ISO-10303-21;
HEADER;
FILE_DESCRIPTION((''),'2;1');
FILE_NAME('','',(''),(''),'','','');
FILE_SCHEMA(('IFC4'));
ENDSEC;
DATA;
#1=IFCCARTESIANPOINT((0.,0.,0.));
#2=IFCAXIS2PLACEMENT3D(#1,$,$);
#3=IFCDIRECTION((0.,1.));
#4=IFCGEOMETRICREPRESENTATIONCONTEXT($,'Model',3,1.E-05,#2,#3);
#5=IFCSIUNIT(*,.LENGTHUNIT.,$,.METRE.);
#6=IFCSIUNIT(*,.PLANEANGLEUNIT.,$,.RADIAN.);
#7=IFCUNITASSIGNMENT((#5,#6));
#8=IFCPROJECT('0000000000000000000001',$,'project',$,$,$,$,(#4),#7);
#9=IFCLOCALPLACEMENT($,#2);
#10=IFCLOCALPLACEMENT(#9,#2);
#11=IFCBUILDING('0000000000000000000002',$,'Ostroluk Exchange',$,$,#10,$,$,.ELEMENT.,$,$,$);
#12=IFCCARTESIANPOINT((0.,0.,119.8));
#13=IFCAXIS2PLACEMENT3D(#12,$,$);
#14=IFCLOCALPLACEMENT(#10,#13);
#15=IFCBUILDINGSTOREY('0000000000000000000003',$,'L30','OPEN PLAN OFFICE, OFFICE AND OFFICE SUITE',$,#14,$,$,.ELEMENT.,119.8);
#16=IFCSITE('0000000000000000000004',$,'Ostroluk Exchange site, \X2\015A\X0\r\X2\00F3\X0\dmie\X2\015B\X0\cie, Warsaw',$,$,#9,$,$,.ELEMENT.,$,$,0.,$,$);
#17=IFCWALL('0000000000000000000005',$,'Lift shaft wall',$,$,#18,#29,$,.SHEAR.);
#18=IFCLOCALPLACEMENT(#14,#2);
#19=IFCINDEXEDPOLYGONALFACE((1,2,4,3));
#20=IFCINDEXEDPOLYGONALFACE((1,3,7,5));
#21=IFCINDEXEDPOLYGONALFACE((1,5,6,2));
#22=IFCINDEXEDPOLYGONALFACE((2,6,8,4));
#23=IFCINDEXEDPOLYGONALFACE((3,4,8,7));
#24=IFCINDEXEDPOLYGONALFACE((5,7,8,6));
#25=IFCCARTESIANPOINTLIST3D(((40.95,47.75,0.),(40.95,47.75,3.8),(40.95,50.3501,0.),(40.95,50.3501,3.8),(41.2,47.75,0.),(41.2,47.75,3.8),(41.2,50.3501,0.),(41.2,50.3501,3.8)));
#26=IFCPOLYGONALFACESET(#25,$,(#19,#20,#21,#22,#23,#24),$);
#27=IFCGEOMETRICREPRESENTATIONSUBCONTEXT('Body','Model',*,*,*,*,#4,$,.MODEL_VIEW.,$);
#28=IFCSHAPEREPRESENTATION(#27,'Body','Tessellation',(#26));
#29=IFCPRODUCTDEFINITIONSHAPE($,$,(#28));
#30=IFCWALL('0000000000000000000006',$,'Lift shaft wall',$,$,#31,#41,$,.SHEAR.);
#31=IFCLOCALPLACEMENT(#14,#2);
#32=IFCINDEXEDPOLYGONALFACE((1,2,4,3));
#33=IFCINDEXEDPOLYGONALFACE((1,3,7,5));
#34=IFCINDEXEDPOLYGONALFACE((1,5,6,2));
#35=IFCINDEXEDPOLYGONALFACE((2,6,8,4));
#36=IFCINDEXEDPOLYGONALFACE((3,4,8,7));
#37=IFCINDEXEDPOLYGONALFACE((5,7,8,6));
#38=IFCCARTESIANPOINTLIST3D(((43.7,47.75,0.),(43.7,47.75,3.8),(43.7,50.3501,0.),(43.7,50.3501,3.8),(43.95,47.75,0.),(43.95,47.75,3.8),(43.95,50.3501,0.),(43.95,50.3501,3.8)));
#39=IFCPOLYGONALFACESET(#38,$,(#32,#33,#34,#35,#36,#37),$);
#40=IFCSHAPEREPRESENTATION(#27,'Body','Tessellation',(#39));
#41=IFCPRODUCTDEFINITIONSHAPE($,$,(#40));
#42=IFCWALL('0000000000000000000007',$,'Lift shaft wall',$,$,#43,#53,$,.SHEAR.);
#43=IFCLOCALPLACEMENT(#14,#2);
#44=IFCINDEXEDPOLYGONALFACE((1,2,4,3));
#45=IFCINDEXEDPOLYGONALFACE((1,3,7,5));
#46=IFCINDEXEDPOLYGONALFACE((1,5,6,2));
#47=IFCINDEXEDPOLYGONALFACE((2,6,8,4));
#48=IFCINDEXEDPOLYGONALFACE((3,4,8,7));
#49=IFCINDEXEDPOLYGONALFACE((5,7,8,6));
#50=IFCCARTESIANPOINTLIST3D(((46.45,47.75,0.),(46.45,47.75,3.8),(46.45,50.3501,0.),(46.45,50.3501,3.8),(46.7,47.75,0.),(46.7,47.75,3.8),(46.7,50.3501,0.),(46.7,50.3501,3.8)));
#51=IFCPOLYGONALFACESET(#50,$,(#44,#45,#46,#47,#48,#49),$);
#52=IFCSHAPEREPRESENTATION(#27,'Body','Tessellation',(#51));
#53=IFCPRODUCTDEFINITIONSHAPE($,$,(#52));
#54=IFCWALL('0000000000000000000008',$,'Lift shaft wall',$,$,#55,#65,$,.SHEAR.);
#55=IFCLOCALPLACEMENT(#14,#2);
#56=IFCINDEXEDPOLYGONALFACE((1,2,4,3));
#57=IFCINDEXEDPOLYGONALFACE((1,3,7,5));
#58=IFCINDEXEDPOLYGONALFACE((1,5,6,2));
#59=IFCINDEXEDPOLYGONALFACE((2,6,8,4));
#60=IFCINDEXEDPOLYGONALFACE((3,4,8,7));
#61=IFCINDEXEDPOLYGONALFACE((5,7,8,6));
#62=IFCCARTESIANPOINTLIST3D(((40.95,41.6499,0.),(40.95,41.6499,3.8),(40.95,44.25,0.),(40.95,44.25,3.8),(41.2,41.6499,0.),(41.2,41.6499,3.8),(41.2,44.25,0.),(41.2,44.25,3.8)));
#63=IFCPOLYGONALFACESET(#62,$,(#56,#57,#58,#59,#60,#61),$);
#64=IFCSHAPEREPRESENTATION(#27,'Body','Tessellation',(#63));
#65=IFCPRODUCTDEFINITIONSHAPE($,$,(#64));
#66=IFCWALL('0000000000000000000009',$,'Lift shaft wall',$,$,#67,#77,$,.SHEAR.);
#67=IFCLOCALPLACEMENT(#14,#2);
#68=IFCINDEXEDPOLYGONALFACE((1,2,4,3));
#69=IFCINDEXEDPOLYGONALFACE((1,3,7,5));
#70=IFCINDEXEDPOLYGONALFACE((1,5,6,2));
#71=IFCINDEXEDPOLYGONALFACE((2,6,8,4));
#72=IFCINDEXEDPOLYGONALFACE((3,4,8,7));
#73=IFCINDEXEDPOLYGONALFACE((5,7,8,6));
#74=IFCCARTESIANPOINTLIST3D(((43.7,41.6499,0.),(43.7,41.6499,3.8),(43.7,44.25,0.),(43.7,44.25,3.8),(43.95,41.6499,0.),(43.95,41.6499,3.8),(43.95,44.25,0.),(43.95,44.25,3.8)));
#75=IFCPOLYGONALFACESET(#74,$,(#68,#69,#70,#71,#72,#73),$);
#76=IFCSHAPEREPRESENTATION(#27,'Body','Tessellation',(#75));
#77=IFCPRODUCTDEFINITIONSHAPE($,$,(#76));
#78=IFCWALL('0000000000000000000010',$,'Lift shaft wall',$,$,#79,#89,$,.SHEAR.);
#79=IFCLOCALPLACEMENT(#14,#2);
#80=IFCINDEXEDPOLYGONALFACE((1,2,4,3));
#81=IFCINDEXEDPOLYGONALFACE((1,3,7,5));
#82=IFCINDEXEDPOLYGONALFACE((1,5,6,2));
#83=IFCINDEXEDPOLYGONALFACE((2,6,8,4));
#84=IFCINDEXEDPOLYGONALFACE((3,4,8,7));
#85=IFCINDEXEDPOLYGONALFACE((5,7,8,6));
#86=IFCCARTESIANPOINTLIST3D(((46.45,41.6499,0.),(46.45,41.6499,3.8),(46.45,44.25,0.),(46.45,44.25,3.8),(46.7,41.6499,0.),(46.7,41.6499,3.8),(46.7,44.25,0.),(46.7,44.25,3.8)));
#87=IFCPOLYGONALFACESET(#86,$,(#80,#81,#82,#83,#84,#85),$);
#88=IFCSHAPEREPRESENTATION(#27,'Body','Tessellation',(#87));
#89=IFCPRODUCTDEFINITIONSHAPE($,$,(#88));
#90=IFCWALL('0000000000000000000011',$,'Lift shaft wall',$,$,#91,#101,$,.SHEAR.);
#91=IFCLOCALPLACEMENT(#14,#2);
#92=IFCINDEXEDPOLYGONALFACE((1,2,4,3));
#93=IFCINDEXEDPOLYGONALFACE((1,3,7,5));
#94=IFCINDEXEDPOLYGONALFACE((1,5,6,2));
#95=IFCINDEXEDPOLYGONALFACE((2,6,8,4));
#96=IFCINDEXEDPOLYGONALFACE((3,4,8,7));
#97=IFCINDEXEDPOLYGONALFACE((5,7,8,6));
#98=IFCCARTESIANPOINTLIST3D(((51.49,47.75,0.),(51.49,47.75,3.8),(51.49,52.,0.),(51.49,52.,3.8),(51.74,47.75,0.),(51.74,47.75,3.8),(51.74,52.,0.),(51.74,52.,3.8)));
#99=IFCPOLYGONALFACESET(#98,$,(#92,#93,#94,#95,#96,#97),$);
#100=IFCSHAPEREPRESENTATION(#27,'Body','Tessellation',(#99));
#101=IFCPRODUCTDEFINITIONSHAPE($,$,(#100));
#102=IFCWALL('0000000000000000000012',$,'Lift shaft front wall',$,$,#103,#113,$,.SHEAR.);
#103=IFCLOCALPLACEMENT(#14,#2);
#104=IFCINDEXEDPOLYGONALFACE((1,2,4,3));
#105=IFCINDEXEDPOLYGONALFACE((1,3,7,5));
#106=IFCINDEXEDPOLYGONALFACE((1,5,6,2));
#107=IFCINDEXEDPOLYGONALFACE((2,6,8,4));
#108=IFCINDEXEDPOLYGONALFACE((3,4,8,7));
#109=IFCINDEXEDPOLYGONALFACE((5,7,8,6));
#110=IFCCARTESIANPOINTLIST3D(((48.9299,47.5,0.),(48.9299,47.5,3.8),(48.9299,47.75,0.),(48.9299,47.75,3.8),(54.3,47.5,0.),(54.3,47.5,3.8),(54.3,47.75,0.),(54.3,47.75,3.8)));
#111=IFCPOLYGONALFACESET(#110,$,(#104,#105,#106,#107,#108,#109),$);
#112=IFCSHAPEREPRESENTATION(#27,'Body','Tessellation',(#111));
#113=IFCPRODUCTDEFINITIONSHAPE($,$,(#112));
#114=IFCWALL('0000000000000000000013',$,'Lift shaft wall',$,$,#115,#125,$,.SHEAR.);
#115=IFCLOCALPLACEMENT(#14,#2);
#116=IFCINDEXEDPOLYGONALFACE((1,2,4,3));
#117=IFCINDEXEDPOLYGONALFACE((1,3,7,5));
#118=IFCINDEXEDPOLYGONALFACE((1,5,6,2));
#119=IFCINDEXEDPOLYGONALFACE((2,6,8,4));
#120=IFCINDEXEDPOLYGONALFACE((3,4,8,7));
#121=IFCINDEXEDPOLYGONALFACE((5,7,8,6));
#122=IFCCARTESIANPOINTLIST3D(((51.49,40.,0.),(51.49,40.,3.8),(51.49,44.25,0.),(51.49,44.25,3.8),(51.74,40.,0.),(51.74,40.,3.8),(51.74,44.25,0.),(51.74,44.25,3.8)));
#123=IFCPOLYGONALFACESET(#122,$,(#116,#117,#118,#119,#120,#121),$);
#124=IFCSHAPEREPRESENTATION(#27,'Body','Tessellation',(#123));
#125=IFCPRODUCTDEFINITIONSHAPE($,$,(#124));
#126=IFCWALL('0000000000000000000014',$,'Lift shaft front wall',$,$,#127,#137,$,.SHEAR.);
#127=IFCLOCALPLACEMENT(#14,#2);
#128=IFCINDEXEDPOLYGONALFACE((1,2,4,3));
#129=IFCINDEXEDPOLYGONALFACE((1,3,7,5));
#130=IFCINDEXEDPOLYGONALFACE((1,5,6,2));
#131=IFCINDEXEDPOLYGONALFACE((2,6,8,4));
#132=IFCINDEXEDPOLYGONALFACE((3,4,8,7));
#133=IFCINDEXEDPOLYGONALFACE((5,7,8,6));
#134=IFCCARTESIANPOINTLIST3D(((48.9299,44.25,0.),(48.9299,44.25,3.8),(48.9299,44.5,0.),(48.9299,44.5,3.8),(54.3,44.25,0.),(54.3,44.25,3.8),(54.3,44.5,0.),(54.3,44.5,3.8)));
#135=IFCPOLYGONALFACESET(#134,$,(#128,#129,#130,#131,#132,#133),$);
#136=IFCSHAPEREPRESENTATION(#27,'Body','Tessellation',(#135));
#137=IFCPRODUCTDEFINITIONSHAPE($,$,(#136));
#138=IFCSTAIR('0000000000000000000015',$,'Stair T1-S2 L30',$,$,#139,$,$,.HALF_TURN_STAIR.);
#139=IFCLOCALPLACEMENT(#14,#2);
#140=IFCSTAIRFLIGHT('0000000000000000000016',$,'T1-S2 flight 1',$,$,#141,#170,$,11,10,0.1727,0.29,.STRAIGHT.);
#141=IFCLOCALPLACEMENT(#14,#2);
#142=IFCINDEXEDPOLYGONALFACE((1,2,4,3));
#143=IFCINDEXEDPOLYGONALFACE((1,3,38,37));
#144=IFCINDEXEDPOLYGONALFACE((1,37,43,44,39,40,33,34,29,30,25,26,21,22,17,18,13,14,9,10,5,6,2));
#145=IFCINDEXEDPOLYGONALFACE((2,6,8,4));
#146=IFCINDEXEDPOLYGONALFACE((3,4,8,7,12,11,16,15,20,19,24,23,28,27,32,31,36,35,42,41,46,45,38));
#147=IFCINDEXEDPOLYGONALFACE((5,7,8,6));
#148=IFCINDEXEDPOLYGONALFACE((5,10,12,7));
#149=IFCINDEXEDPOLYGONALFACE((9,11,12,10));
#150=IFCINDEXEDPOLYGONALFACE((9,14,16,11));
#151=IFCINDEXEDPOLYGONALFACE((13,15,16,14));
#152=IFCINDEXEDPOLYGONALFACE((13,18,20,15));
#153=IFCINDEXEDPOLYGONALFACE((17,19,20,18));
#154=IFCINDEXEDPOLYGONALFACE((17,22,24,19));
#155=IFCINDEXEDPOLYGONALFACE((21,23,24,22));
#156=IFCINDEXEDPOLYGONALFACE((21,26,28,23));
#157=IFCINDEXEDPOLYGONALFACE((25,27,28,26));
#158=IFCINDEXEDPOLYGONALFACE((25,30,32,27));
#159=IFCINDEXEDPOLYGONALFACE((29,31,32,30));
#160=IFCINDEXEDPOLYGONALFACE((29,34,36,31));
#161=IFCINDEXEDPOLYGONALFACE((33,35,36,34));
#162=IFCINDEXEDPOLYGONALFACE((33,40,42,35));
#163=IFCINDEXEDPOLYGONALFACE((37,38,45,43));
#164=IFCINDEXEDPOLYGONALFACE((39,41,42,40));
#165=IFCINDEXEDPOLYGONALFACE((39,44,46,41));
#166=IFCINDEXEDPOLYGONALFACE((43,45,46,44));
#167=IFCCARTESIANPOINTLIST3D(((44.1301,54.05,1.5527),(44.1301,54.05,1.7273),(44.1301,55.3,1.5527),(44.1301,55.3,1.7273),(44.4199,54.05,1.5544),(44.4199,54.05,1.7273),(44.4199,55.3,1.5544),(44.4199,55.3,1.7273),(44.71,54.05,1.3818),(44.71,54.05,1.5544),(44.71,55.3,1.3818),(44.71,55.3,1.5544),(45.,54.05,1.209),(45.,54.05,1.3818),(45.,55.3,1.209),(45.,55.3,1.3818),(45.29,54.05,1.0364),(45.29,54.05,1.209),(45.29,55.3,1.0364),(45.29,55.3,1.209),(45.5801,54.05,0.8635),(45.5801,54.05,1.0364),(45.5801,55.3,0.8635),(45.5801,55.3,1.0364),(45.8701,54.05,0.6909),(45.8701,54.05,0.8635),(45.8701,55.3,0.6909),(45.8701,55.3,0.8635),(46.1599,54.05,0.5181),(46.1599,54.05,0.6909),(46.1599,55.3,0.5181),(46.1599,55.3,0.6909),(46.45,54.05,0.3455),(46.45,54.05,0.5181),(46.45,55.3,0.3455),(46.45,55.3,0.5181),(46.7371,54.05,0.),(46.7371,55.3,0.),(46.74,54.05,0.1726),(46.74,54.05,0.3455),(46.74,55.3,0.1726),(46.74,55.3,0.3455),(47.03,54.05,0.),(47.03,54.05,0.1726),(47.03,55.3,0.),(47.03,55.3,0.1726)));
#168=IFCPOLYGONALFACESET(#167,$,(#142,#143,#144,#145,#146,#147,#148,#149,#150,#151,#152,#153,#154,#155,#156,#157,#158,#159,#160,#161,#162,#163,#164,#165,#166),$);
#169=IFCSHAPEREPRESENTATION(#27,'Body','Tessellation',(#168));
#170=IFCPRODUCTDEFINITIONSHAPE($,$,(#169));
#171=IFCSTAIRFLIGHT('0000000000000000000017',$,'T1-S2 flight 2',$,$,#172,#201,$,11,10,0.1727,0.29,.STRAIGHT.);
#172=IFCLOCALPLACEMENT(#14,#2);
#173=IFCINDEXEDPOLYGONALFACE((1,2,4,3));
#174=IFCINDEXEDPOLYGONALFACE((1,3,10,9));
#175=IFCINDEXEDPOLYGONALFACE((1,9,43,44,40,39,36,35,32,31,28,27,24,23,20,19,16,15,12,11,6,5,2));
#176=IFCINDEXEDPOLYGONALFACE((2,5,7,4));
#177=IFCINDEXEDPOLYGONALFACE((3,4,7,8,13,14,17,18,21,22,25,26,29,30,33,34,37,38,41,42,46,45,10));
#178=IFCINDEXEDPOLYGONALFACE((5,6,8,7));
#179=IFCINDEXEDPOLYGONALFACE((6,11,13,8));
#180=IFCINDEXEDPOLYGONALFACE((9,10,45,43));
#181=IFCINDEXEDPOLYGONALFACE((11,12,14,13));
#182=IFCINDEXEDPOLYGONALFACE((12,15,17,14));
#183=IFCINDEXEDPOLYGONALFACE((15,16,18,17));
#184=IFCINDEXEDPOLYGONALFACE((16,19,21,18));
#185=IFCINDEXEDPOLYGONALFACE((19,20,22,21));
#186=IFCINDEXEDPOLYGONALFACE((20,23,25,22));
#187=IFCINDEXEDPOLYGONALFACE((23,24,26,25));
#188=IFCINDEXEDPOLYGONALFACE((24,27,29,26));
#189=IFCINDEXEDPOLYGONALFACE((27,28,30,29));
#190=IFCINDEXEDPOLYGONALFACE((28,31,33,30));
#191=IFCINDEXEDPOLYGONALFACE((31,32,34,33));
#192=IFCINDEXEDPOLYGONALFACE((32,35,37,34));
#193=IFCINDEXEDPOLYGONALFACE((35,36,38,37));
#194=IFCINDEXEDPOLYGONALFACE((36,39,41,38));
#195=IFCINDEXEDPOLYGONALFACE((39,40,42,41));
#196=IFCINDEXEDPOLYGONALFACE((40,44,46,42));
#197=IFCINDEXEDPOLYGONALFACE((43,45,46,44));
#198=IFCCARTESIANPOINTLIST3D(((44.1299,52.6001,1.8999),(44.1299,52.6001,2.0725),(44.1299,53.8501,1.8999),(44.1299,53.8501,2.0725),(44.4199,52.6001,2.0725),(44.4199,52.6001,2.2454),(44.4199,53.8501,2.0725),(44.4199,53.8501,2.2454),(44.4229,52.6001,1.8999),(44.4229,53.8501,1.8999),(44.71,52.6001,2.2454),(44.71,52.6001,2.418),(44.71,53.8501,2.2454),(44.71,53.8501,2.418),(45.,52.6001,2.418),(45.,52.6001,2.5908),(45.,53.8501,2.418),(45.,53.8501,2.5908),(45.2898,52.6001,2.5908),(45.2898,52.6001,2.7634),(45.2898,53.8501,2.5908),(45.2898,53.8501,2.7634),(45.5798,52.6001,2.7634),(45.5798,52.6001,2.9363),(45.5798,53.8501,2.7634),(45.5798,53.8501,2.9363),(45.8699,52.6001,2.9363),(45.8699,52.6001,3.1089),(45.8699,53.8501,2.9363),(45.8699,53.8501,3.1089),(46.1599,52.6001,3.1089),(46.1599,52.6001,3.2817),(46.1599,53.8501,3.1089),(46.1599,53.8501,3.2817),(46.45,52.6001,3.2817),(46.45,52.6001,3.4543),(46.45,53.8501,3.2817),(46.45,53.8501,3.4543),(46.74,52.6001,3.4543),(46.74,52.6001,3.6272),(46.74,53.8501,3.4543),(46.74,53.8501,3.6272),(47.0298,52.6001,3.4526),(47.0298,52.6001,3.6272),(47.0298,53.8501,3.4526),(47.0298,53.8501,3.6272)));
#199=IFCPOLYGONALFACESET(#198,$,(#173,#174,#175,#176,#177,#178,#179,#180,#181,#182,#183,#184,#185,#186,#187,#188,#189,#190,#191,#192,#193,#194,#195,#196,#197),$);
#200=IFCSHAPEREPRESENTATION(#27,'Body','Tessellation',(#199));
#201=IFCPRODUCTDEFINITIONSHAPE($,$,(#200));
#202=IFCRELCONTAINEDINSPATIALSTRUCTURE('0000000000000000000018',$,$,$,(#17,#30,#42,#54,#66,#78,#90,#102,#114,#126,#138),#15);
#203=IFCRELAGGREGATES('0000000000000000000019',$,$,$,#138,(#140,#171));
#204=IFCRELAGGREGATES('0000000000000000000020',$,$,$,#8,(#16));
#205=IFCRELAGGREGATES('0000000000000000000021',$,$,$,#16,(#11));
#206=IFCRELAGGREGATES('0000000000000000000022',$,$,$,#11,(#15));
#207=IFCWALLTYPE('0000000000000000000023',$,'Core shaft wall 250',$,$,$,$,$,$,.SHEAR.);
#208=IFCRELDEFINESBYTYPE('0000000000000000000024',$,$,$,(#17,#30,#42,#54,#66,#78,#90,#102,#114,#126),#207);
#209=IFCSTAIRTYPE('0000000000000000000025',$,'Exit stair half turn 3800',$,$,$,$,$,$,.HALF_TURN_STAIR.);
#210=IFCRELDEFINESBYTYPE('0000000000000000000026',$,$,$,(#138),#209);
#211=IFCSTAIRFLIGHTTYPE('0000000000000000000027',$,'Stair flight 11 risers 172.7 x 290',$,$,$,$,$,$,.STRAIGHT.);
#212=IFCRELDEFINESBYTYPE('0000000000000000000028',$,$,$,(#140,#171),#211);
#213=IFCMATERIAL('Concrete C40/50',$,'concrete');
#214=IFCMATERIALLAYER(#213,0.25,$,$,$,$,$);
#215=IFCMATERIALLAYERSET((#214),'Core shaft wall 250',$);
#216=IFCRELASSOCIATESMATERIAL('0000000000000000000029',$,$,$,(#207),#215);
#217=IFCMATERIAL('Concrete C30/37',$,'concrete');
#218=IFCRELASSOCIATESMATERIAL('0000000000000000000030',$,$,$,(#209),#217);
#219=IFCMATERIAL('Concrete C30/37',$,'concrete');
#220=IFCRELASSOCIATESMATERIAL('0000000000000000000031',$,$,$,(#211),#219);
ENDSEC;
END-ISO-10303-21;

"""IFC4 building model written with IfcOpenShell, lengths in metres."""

from ifc_helpers import new_model, si_unit, direction, frame, frame_2d, origin, place, context, subcontext, project, spatial, polyline, rectangle, outline, extrude, material, layer, layer_set, type_object, element, aggregate, save


model = new_model("IFC4")

# Units and contexts
model_context = context("Model", 3, precision=1e-05, world=origin(), true_north=direction((0.0, 1.0)))
body_context = subcontext(model_context, "Body", "Model", "MODEL_VIEW")
ifc_project = project(units=[si_unit("LENGTHUNIT", "METRE"), si_unit("PLANEANGLEUNIT", "RADIAN")], contexts=[model_context])

# Site, building, storey
site_placement = place(None, origin())
site = spatial("IfcSite", under=ifc_project, at=site_placement, Name="Ostroluk Exchange site, Śródmieście, Warsaw", CompositionType="ELEMENT", RefElevation=0.0)
building_placement = place(site_placement, origin())
building = spatial("IfcBuilding", under=site, at=building_placement, Name="Ostroluk Exchange", CompositionType="ELEMENT")
storey_placement = place(building_placement, frame((0.0, 0.0, 119.8)))
storey = spatial("IfcBuildingStorey", under=building, at=storey_placement, Name="L30", Description="OPEN PLAN OFFICE, OFFICE AND OFFICE SUITE", CompositionType="ELEMENT", Elevation=119.8)

# Shared definitions
ifc_material_1 = material(Name="Concrete C40/50", Category="concrete")
ifc_layer_1 = layer(ifc_material_1, 0.25)
ifc_layer_set_1 = layer_set([ifc_layer_1], Name="Core shaft wall 250")
wall_type_1 = type_object("IfcWallType", Name="Core shaft wall 250", PredefinedType="SHEAR", material=ifc_layer_set_1)

# Walls
for number, where, z_axis, x_axis, name in (
    (1, (41.075, 47.75, 0.0), (0.0, 0.0, 1.0), (0.0, 1.0, 0.0), "Lift shaft wall"),
    (2, (43.825, 47.75, 0.0), (0.0, 0.0, 1.0), (0.0, 1.0, 0.0), "Lift shaft wall"),
    (3, (46.575, 47.75, 0.0), (0.0, 0.0, 1.0), (0.0, 1.0, 0.0), "Lift shaft wall"),
    (4, (41.075, 44.25, 0.0), (0.0, 0.0, 1.0), (0.0, -1.0, 0.0), "Lift shaft wall"),
    (5, (43.825, 44.25, 0.0), (0.0, 0.0, 1.0), (0.0, -1.0, 0.0), "Lift shaft wall"),
    (6, (46.575, 44.25, 0.0), (0.0, 0.0, 1.0), (0.0, -1.0, 0.0), "Lift shaft wall"),
):
    element("IfcWall", number, at=place(storey_placement, frame(where, z_axis=z_axis, x_axis=x_axis)), inside=storey, type_object=wall_type_1, Name=name, PredefinedType="SHEAR", context=body_context, shape_type="SweptSolid", body=[
        extrude(rectangle(XDim=2.6001, YDim=0.25, at=frame_2d((1.3, 0.0))), origin(), (0.0, 0.0, 1.0), 3.8),
    ])
wall_1_placement = place(storey_placement, frame((51.615, 47.75, 0.0), z_axis=(0.0, 0.0, 1.0), x_axis=(0.0, 1.0, 0.0)))
element("IfcWall", 7, at=wall_1_placement, inside=storey, type_object=wall_type_1, Name="Lift shaft wall", PredefinedType="SHEAR", context=body_context, shape_type="SweptSolid", body=[
    extrude(rectangle(XDim=4.25, YDim=0.25, at=frame_2d((2.125, 0.0))), origin(), (0.0, 0.0, 1.0), 3.8),
])
wall_2_placement = place(storey_placement, frame((48.9299, 47.625, 0.0), z_axis=(0.0, 0.0, 1.0), x_axis=(1.0, 0.0, 0.0)))
element("IfcWall", 8, at=wall_2_placement, inside=storey, type_object=wall_type_1, Name="Lift shaft front wall", PredefinedType="SHEAR", context=body_context, shape_type="SweptSolid", body=[
    extrude(rectangle(XDim=5.3701, YDim=0.25, at=frame_2d((2.6851, 0.0))), origin(), (0.0, 0.0, 1.0), 3.8),
])
wall_3_placement = place(storey_placement, frame((51.615, 44.25, 0.0), z_axis=(0.0, 0.0, 1.0), x_axis=(0.0, -1.0, 0.0)))
element("IfcWall", 9, at=wall_3_placement, inside=storey, type_object=wall_type_1, Name="Lift shaft wall", PredefinedType="SHEAR", context=body_context, shape_type="SweptSolid", body=[
    extrude(rectangle(XDim=4.25, YDim=0.25, at=frame_2d((2.125, 0.0))), origin(), (0.0, 0.0, 1.0), 3.8),
])
wall_4_placement = place(storey_placement, frame((48.9299, 44.375, 0.0), z_axis=(0.0, 0.0, 1.0), x_axis=(1.0, 0.0, 0.0)))
element("IfcWall", 10, at=wall_4_placement, inside=storey, type_object=wall_type_1, Name="Lift shaft front wall", PredefinedType="SHEAR", context=body_context, shape_type="SweptSolid", body=[
    extrude(rectangle(XDim=5.3701, YDim=0.25, at=frame_2d((2.6851, 0.0))), origin(), (0.0, 0.0, 1.0), 3.8),
])

# Stair, stair flights
ifc_material_2 = material(Name="Concrete C30/37", Category="concrete")
stair_type = type_object("IfcStairType", Name="Exit stair half turn 3800", PredefinedType="HALF_TURN_STAIR", material=ifc_material_2)
stair_placement = place(storey_placement, origin())
stair = element("IfcStair", 11, at=stair_placement, inside=storey, type_object=stair_type, Name="Stair T1-S2 L30", PredefinedType="HALF_TURN_STAIR")
ifc_material_3 = material(Name="Concrete C30/37", Category="concrete")
stair_flight_type = type_object("IfcStairFlightType", Name="Stair flight 11 risers 172.7 x 290", PredefinedType="STRAIGHT", material=ifc_material_3)
stair_flight_1_placement = place(storey_placement, frame((47.03, 54.675, 0.0), z_axis=(0.0, 0.0, 1.0), x_axis=(-1.0, 0.0, 0.0)))
stair_flight_1 = element("IfcStairFlight", 12, at=stair_flight_1_placement, type_object=stair_flight_type, Name="T1-S2 flight 1", NumberOfRisers=11, NumberOfTreads=10, PredefinedType="STRAIGHT", RiserHeight=0.1727, TreadLength=0.29, context=body_context, shape_type="SweptSolid", body=[
    extrude(outline(polyline([(0.0, 0.0), (0.0, 0.1726), (0.29, 0.1726), (0.29, 0.3455), (0.5801, 0.3455), (0.5801, 0.5181), (0.8701, 0.5181), (0.8701, 0.6909), (1.1599, 0.6909), (1.1599, 0.8635), (1.45, 0.8635), (1.45, 1.0364), (1.74, 1.0364), (1.74, 1.209), (2.03, 1.209), (2.03, 1.3818), (2.3201, 1.3818), (2.3201, 1.5544), (2.6101, 1.5544), (2.6101, 1.7273), (2.8999, 1.7273), (2.8999, 1.8999), (2.8999, 1.5527), (0.293, 0.0), (0.0, 0.0)])), frame((0.0, 0.625, 0.0), z_axis=(0.0, -1.0, 0.0), x_axis=(1.0, 0.0, 0.0)), (0.0, 0.0, 1.0), 1.25),
])
stair_flight_2_placement = place(storey_placement, frame((44.1299, 53.2251, 1.8999), z_axis=(0.0, 0.0, 1.0), x_axis=(1.0, 0.0, 0.0)))
stair_flight_2 = element("IfcStairFlight", 13, at=stair_flight_2_placement, type_object=stair_flight_type, Name="T1-S2 flight 2", NumberOfRisers=11, NumberOfTreads=10, PredefinedType="STRAIGHT", RiserHeight=0.1727, TreadLength=0.29, context=body_context, shape_type="SweptSolid", body=[
    extrude(outline(polyline([(0.0, 0.0), (0.0, 0.1726), (0.29, 0.1726), (0.29, 0.3455), (0.5801, 0.3455), (0.5801, 0.5181), (0.8701, 0.5181), (0.8701, 0.6909), (1.1599, 0.6909), (1.1599, 0.8635), (1.45, 0.8635), (1.45, 1.0364), (1.74, 1.0364), (1.74, 1.209), (2.03, 1.209), (2.03, 1.3818), (2.3201, 1.3818), (2.3201, 1.5544), (2.6101, 1.5544), (2.6101, 1.7273), (2.8999, 1.7273), (2.8999, 1.8999), (2.8999, 1.5527), (0.293, 0.0), (0.0, 0.0)])), frame((0.0, 0.625, 0.0), z_axis=(0.0, -1.0, 0.0), x_axis=(1.0, 0.0, 0.0)), (0.0, 0.0, 1.0), 1.25),
])
aggregate(stair, [stair_flight_1, stair_flight_2])

save(model, "model.ifc")
